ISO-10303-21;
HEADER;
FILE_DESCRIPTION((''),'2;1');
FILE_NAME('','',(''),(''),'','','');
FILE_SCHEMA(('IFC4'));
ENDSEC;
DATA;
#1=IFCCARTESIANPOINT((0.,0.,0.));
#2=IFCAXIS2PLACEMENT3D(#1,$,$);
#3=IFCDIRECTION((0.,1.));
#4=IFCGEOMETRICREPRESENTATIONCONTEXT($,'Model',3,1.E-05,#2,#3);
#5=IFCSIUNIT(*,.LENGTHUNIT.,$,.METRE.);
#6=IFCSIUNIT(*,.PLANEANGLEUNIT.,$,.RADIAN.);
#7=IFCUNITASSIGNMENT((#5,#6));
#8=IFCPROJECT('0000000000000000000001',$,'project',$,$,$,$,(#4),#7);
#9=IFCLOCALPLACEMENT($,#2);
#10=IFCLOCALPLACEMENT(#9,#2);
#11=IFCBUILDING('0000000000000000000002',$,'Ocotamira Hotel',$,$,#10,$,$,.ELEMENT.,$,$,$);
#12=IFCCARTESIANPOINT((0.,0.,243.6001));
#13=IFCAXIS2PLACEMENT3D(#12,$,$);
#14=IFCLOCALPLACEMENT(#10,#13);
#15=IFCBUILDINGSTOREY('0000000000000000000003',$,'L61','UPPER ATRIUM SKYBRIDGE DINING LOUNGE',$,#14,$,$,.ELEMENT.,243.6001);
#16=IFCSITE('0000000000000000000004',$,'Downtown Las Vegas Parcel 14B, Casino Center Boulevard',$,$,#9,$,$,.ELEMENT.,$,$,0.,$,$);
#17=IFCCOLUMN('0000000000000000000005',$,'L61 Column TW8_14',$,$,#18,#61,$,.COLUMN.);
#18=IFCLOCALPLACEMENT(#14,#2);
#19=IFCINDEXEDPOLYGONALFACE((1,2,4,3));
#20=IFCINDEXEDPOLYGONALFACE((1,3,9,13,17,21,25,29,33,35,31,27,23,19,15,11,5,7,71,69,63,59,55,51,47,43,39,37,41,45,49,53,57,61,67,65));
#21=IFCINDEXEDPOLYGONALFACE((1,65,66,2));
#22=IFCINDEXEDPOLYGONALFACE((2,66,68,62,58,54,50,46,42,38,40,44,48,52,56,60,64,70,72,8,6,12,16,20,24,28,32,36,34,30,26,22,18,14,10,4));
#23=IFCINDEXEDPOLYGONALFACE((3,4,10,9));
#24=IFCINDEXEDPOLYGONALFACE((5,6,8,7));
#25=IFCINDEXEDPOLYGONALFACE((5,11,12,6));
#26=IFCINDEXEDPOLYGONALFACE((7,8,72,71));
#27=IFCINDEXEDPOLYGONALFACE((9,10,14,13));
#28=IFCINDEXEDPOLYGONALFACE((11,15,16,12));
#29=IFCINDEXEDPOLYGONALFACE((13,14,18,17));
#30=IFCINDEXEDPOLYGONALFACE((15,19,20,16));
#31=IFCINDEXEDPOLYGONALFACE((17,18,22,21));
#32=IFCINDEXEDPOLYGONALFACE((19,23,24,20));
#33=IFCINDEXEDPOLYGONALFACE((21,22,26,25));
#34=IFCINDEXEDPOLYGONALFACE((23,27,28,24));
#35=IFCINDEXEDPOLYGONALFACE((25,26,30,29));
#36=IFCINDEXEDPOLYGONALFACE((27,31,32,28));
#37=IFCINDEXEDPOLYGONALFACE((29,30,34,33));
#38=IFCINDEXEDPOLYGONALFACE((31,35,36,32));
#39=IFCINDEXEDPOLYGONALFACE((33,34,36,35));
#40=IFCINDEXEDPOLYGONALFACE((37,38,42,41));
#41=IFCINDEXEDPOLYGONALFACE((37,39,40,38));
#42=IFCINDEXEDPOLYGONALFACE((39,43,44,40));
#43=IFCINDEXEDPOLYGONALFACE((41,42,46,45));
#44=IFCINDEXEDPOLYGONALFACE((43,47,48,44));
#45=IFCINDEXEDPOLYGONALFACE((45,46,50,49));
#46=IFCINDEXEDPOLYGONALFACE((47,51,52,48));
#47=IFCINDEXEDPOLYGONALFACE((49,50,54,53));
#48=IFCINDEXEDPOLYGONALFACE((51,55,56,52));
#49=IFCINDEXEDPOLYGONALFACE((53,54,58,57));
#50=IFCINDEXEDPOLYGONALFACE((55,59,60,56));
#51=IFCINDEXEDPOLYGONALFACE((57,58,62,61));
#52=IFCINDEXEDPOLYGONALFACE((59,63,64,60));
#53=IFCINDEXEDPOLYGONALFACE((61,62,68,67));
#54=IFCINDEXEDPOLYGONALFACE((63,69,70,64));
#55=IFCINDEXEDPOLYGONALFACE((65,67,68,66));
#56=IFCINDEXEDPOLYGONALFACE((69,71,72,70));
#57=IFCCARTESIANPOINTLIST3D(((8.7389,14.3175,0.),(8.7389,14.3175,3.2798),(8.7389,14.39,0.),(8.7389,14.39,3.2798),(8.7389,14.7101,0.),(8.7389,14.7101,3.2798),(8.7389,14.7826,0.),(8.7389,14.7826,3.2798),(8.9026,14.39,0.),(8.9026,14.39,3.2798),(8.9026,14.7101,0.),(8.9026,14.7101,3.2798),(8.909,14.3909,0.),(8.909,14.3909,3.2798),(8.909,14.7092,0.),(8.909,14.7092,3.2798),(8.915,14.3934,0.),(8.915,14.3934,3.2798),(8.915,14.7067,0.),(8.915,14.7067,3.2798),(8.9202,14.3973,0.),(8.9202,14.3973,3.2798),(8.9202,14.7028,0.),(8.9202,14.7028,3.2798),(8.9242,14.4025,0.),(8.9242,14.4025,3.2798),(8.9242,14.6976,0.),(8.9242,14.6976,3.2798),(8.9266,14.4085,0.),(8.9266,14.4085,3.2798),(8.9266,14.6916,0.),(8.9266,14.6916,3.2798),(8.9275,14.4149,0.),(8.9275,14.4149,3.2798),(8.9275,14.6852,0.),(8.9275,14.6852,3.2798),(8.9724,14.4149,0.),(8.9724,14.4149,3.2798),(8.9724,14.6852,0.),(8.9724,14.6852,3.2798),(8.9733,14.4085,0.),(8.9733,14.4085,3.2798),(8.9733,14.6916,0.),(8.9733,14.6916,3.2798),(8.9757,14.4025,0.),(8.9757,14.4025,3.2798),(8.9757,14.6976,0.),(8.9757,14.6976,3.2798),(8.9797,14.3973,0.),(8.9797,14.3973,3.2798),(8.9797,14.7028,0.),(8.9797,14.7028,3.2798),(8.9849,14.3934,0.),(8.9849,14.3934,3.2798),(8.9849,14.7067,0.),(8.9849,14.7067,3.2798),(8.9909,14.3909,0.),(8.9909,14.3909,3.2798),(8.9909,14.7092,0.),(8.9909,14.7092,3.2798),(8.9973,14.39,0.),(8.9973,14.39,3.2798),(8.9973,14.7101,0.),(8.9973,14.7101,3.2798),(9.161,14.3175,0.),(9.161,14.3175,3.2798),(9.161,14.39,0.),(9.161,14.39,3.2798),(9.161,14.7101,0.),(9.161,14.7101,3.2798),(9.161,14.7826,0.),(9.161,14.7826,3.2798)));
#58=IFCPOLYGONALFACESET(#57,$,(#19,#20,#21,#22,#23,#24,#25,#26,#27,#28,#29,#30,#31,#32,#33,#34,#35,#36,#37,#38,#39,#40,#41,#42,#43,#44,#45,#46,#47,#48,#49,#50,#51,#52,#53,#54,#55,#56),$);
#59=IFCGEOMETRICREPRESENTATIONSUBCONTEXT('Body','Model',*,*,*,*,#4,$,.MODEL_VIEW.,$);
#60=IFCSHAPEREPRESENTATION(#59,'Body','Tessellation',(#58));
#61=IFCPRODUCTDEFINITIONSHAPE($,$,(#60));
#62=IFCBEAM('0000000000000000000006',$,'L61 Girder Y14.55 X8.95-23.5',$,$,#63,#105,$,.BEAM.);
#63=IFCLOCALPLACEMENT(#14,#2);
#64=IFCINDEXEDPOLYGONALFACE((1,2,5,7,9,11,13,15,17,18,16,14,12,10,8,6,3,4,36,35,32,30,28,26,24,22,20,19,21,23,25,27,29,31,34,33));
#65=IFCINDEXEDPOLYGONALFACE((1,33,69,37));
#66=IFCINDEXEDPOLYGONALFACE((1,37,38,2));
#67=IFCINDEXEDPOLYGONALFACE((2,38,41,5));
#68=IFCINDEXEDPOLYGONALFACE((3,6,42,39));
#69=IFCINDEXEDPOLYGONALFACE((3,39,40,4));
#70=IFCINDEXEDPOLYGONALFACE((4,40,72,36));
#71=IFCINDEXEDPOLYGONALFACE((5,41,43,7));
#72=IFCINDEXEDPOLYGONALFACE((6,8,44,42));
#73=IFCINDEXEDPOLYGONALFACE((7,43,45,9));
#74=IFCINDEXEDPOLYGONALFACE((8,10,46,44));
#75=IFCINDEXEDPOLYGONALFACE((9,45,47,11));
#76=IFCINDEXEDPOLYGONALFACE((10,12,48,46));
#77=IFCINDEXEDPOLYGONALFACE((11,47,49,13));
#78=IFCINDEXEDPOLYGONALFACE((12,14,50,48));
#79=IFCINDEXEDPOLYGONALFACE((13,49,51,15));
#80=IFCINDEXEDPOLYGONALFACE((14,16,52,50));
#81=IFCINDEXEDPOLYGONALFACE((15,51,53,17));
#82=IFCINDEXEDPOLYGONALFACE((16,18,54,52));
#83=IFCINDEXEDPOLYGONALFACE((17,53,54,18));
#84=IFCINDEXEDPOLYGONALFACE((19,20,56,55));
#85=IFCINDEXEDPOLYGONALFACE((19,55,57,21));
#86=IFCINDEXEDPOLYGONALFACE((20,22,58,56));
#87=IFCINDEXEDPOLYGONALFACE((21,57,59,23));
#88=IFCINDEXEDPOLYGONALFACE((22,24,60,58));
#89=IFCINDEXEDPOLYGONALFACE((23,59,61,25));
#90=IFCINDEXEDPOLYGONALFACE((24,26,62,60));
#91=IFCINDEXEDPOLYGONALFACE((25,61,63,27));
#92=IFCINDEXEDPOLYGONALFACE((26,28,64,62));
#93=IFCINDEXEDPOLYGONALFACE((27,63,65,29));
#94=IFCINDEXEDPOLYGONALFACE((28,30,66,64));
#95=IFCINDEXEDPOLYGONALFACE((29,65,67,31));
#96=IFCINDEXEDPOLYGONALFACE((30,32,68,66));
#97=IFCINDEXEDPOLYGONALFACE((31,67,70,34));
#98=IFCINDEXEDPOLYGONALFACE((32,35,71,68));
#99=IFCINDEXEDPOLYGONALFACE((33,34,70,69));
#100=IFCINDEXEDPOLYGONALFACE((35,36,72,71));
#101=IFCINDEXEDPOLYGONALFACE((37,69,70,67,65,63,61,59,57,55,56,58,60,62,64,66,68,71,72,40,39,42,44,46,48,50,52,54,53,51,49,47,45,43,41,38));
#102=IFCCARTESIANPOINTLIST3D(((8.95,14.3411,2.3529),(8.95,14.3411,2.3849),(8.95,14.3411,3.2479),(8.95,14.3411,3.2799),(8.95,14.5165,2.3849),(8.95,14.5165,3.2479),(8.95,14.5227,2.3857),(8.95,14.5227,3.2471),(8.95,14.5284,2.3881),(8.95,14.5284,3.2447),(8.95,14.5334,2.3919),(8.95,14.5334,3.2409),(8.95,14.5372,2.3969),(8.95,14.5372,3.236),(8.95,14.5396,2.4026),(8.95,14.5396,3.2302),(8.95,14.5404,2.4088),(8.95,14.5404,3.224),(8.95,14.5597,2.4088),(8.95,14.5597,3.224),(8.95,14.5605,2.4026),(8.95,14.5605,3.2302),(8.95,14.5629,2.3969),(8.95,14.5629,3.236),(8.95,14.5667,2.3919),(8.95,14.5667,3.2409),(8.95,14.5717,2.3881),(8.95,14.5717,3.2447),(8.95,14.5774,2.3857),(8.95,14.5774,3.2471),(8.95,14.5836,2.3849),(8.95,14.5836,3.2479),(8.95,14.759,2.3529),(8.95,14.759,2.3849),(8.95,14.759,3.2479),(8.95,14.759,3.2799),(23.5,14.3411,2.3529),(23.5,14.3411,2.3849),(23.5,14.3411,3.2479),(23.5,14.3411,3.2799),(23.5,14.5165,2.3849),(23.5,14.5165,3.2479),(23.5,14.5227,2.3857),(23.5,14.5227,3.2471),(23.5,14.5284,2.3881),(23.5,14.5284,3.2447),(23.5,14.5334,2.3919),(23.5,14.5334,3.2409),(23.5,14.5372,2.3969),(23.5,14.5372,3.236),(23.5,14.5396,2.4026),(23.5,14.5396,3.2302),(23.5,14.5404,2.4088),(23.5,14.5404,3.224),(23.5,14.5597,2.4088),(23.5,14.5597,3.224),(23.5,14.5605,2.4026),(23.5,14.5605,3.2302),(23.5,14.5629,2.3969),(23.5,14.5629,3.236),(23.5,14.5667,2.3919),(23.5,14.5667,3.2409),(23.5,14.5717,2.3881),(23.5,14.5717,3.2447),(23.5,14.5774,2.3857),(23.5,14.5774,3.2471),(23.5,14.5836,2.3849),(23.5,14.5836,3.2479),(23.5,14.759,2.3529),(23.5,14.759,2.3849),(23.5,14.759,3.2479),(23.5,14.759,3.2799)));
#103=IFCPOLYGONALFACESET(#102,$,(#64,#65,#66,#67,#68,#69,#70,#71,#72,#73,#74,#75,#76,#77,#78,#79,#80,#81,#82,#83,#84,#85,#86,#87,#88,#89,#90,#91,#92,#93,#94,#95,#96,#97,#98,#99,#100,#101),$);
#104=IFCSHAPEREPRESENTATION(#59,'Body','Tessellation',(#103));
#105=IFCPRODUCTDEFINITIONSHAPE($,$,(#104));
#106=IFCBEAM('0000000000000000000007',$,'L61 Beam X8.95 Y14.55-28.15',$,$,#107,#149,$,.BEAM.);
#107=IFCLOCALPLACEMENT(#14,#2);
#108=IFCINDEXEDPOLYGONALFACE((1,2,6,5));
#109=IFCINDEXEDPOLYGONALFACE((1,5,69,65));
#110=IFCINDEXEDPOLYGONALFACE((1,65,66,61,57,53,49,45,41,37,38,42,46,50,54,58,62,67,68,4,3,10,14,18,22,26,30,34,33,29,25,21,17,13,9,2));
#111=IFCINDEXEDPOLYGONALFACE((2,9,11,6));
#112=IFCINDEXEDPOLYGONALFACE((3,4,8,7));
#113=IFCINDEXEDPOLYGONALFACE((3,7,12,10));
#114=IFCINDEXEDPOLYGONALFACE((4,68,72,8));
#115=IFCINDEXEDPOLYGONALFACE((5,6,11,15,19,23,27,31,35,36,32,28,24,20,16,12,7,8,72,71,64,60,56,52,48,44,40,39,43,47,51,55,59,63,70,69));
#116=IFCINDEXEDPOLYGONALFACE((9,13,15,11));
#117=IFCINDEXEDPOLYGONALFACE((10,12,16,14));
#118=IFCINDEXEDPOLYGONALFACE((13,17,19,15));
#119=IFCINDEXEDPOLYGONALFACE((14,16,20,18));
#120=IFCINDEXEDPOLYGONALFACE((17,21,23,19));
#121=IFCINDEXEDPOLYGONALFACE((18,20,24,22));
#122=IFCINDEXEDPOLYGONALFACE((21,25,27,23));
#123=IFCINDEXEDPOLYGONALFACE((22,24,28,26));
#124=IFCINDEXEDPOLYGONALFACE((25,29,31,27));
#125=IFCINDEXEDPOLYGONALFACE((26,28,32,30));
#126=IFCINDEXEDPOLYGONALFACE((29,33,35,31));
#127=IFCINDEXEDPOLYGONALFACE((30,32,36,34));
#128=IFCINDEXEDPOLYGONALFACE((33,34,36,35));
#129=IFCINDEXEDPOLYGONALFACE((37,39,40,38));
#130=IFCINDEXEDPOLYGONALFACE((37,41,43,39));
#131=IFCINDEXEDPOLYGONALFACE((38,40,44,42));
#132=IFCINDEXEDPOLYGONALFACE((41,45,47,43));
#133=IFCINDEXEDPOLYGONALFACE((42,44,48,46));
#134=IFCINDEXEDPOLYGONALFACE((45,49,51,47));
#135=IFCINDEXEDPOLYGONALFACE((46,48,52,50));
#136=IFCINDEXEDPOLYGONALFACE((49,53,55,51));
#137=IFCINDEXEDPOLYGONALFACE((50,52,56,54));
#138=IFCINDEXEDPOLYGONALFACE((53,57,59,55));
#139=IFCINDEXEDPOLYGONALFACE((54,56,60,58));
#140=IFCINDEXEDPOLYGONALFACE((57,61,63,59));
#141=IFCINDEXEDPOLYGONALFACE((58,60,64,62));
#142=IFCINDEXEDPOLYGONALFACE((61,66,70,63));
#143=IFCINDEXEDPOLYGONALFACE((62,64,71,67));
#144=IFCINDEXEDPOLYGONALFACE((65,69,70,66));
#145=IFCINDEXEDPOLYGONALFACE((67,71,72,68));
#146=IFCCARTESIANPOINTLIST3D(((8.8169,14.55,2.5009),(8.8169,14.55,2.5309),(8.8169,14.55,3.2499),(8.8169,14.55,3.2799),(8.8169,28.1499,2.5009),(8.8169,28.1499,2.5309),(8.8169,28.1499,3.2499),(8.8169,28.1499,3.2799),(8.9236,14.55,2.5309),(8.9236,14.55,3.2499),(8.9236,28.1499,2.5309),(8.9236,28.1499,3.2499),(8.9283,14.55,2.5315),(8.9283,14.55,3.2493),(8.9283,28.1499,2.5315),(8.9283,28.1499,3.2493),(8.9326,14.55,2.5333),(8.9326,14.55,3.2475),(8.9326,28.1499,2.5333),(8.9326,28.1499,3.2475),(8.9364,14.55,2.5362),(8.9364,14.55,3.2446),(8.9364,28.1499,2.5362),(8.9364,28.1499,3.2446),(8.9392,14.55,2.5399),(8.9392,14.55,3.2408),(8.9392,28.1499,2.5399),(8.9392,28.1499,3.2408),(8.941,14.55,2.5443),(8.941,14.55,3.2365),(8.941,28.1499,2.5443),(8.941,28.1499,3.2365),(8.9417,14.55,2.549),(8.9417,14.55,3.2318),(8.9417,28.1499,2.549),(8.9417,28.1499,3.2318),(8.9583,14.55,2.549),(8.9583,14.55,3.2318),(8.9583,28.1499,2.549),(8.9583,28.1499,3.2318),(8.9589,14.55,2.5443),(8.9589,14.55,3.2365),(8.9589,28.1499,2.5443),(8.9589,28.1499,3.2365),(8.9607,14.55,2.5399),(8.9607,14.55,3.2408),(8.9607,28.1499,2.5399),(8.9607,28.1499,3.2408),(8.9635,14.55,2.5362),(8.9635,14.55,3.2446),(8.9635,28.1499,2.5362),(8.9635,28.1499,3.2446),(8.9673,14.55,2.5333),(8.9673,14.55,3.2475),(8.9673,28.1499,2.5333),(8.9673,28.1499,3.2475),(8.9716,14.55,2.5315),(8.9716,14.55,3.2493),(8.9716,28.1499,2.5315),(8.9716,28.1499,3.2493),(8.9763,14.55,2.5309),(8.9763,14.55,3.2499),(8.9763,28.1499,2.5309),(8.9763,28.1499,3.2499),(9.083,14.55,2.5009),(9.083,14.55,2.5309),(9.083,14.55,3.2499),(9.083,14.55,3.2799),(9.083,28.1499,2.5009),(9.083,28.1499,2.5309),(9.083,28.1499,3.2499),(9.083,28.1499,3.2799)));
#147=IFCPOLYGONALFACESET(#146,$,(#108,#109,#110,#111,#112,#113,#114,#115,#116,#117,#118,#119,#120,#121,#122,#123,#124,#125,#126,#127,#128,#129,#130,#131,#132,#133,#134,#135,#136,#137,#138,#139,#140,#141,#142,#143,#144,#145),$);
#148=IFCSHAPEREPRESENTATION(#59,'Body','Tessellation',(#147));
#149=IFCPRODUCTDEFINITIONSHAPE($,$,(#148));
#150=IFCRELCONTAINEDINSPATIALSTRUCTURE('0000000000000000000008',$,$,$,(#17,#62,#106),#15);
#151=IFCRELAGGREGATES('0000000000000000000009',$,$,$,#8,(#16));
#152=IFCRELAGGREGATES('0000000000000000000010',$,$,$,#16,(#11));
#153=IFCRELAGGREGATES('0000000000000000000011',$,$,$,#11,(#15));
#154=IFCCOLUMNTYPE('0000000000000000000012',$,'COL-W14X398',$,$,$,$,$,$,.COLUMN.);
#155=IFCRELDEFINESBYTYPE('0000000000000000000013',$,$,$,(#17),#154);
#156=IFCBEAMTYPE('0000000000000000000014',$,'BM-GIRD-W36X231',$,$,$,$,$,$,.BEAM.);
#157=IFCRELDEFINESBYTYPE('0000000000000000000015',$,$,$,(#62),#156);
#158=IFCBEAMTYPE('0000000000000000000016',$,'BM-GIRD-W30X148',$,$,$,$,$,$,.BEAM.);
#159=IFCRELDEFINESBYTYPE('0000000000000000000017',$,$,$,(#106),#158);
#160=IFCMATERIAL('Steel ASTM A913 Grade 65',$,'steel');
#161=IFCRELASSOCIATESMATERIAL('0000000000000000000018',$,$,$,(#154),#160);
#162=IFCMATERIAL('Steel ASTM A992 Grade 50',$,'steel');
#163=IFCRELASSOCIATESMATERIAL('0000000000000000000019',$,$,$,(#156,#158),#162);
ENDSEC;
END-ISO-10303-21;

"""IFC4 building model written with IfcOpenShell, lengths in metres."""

from ifc_helpers import new_model, si_unit, direction, frame, origin, origin_2d, place, context, subcontext, project, spatial, i_section, extrude, source, transform, mapped, material, material_profile, profile_set, type_object, element, save


model = new_model("IFC4")

# Units and contexts
model_context = context("Model", 3, precision=1e-05, world=origin(), true_north=direction((0.0, 1.0)))
body_context = subcontext(model_context, "Body", "Model", "MODEL_VIEW")
ifc_project = project(units=[si_unit("LENGTHUNIT", "METRE"), si_unit("PLANEANGLEUNIT", "RADIAN")], contexts=[model_context])

# Site, building, storey
site_placement = place(None, origin())
site = spatial("IfcSite", under=ifc_project, at=site_placement, Name="Downtown Las Vegas Parcel 14B, Casino Center Boulevard", CompositionType="ELEMENT", RefElevation=0.0)
building_placement = place(site_placement, origin())
building = spatial("IfcBuilding", under=site, at=building_placement, Name="Ocotamira Hotel", CompositionType="ELEMENT")
storey_placement = place(building_placement, frame((0.0, 0.0, 243.6001)))
storey = spatial("IfcBuildingStorey", under=building, at=storey_placement, Name="L61", Description="UPPER ATRIUM SKYBRIDGE DINING LOUNGE", CompositionType="ELEMENT", Elevation=243.6001)

# Column
ifc_material_1 = material(Name="Steel ASTM A913 Grade 65", Category="steel")
ifc_material_profile_1 = material_profile(ifc_material_1, i_section(OverallWidth=0.4221, OverallDepth=0.4651, WebThickness=0.0449, FlangeThickness=0.0725, FilletRadius=0.0249, at=origin_2d()), Name="W14X398")
ifc_profile_set_1 = profile_set([ifc_material_profile_1], Name="Steel ASTM A913 Grade 65")
column_type = type_object("IfcColumnType", Name="COL-W14X398", PredefinedType="COLUMN", material=ifc_profile_set_1)
shared_shape_1 = source(origin(), body_context, "Body", "SweptSolid", [
    extrude(i_section(OverallWidth=0.4221, OverallDepth=0.4651, WebThickness=0.0449, FlangeThickness=0.0725, FilletRadius=0.0249, at=origin_2d()), origin(), (0.0, 0.0, 1.0), 3.2798),
])
column_placement = place(storey_placement, frame((8.95, 14.55, 0.0), z_axis=(0.0, 0.0, 1.0), x_axis=(1.0, 0.0, 0.0)))
element("IfcColumn", 1, at=column_placement, inside=storey, type_object=column_type, Name="L61 Column TW8_14", PredefinedType="COLUMN", context=body_context, shape_type="MappedRepresentation", body=[
    mapped(shared_shape_1, transform((0.0, 0.0, 0.0), scale=1.0)),
])

# Beams
ifc_material_2 = material(Name="Steel ASTM A992 Grade 50", Category="steel")
ifc_material_profile_2 = material_profile(ifc_material_2, i_section(OverallWidth=0.418, OverallDepth=0.927, WebThickness=0.0193, FlangeThickness=0.032, FilletRadius=0.0239, at=origin_2d()), Name="W36X231")
ifc_profile_set_2 = profile_set([ifc_material_profile_2], Name="Steel ASTM A992 Grade 50")
beam_type_1 = type_object("IfcBeamType", Name="BM-GIRD-W36X231", PredefinedType="BEAM", material=ifc_profile_set_2)
shared_shape_2 = source(origin(), body_context, "Body", "SweptSolid", [
    extrude(i_section(OverallWidth=0.418, OverallDepth=0.927, WebThickness=0.0193, FlangeThickness=0.032, FilletRadius=0.0239, at=origin_2d()), origin(), (0.0, 0.0, 1.0), 14.55),
])
beam_1_placement = place(storey_placement, frame((8.95, 14.55, 2.8164), z_axis=(1.0, 0.0, 0.0), x_axis=(0.0, 1.0, 0.0)))
element("IfcBeam", 2, at=beam_1_placement, inside=storey, type_object=beam_type_1, Name="L61 Girder Y14.55 X8.95-23.5", PredefinedType="BEAM", context=body_context, shape_type="MappedRepresentation", body=[
    mapped(shared_shape_2, transform((0.0, 0.0, 0.0), scale=1.0)),
])
ifc_material_profile_3 = material_profile(ifc_material_2, i_section(OverallWidth=0.2661, OverallDepth=0.7791, WebThickness=0.0166, FlangeThickness=0.03, FilletRadius=0.0181, at=origin_2d()), Name="W30X148")
ifc_profile_set_3 = profile_set([ifc_material_profile_3], Name="Steel ASTM A992 Grade 50")
beam_type_2 = type_object("IfcBeamType", Name="BM-GIRD-W30X148", PredefinedType="BEAM", material=ifc_profile_set_3)
shared_shape_3 = source(origin(), body_context, "Body", "SweptSolid", [
    extrude(i_section(OverallWidth=0.2661, OverallDepth=0.7791, WebThickness=0.0166, FlangeThickness=0.03, FilletRadius=0.0181, at=origin_2d()), origin(), (0.0, 0.0, 1.0), 13.5999),
])
beam_2_placement = place(storey_placement, frame((8.95, 14.55, 2.8904), z_axis=(0.0, 1.0, 0.0), x_axis=(-1.0, 0.0, 0.0)))
element("IfcBeam", 3, at=beam_2_placement, inside=storey, type_object=beam_type_2, Name="L61 Beam X8.95 Y14.55-28.15", PredefinedType="BEAM", context=body_context, shape_type="MappedRepresentation", body=[
    mapped(shared_shape_3, transform((0.0, 0.0, 0.0), scale=1.0)),
])

save(model, "model.ifc")
